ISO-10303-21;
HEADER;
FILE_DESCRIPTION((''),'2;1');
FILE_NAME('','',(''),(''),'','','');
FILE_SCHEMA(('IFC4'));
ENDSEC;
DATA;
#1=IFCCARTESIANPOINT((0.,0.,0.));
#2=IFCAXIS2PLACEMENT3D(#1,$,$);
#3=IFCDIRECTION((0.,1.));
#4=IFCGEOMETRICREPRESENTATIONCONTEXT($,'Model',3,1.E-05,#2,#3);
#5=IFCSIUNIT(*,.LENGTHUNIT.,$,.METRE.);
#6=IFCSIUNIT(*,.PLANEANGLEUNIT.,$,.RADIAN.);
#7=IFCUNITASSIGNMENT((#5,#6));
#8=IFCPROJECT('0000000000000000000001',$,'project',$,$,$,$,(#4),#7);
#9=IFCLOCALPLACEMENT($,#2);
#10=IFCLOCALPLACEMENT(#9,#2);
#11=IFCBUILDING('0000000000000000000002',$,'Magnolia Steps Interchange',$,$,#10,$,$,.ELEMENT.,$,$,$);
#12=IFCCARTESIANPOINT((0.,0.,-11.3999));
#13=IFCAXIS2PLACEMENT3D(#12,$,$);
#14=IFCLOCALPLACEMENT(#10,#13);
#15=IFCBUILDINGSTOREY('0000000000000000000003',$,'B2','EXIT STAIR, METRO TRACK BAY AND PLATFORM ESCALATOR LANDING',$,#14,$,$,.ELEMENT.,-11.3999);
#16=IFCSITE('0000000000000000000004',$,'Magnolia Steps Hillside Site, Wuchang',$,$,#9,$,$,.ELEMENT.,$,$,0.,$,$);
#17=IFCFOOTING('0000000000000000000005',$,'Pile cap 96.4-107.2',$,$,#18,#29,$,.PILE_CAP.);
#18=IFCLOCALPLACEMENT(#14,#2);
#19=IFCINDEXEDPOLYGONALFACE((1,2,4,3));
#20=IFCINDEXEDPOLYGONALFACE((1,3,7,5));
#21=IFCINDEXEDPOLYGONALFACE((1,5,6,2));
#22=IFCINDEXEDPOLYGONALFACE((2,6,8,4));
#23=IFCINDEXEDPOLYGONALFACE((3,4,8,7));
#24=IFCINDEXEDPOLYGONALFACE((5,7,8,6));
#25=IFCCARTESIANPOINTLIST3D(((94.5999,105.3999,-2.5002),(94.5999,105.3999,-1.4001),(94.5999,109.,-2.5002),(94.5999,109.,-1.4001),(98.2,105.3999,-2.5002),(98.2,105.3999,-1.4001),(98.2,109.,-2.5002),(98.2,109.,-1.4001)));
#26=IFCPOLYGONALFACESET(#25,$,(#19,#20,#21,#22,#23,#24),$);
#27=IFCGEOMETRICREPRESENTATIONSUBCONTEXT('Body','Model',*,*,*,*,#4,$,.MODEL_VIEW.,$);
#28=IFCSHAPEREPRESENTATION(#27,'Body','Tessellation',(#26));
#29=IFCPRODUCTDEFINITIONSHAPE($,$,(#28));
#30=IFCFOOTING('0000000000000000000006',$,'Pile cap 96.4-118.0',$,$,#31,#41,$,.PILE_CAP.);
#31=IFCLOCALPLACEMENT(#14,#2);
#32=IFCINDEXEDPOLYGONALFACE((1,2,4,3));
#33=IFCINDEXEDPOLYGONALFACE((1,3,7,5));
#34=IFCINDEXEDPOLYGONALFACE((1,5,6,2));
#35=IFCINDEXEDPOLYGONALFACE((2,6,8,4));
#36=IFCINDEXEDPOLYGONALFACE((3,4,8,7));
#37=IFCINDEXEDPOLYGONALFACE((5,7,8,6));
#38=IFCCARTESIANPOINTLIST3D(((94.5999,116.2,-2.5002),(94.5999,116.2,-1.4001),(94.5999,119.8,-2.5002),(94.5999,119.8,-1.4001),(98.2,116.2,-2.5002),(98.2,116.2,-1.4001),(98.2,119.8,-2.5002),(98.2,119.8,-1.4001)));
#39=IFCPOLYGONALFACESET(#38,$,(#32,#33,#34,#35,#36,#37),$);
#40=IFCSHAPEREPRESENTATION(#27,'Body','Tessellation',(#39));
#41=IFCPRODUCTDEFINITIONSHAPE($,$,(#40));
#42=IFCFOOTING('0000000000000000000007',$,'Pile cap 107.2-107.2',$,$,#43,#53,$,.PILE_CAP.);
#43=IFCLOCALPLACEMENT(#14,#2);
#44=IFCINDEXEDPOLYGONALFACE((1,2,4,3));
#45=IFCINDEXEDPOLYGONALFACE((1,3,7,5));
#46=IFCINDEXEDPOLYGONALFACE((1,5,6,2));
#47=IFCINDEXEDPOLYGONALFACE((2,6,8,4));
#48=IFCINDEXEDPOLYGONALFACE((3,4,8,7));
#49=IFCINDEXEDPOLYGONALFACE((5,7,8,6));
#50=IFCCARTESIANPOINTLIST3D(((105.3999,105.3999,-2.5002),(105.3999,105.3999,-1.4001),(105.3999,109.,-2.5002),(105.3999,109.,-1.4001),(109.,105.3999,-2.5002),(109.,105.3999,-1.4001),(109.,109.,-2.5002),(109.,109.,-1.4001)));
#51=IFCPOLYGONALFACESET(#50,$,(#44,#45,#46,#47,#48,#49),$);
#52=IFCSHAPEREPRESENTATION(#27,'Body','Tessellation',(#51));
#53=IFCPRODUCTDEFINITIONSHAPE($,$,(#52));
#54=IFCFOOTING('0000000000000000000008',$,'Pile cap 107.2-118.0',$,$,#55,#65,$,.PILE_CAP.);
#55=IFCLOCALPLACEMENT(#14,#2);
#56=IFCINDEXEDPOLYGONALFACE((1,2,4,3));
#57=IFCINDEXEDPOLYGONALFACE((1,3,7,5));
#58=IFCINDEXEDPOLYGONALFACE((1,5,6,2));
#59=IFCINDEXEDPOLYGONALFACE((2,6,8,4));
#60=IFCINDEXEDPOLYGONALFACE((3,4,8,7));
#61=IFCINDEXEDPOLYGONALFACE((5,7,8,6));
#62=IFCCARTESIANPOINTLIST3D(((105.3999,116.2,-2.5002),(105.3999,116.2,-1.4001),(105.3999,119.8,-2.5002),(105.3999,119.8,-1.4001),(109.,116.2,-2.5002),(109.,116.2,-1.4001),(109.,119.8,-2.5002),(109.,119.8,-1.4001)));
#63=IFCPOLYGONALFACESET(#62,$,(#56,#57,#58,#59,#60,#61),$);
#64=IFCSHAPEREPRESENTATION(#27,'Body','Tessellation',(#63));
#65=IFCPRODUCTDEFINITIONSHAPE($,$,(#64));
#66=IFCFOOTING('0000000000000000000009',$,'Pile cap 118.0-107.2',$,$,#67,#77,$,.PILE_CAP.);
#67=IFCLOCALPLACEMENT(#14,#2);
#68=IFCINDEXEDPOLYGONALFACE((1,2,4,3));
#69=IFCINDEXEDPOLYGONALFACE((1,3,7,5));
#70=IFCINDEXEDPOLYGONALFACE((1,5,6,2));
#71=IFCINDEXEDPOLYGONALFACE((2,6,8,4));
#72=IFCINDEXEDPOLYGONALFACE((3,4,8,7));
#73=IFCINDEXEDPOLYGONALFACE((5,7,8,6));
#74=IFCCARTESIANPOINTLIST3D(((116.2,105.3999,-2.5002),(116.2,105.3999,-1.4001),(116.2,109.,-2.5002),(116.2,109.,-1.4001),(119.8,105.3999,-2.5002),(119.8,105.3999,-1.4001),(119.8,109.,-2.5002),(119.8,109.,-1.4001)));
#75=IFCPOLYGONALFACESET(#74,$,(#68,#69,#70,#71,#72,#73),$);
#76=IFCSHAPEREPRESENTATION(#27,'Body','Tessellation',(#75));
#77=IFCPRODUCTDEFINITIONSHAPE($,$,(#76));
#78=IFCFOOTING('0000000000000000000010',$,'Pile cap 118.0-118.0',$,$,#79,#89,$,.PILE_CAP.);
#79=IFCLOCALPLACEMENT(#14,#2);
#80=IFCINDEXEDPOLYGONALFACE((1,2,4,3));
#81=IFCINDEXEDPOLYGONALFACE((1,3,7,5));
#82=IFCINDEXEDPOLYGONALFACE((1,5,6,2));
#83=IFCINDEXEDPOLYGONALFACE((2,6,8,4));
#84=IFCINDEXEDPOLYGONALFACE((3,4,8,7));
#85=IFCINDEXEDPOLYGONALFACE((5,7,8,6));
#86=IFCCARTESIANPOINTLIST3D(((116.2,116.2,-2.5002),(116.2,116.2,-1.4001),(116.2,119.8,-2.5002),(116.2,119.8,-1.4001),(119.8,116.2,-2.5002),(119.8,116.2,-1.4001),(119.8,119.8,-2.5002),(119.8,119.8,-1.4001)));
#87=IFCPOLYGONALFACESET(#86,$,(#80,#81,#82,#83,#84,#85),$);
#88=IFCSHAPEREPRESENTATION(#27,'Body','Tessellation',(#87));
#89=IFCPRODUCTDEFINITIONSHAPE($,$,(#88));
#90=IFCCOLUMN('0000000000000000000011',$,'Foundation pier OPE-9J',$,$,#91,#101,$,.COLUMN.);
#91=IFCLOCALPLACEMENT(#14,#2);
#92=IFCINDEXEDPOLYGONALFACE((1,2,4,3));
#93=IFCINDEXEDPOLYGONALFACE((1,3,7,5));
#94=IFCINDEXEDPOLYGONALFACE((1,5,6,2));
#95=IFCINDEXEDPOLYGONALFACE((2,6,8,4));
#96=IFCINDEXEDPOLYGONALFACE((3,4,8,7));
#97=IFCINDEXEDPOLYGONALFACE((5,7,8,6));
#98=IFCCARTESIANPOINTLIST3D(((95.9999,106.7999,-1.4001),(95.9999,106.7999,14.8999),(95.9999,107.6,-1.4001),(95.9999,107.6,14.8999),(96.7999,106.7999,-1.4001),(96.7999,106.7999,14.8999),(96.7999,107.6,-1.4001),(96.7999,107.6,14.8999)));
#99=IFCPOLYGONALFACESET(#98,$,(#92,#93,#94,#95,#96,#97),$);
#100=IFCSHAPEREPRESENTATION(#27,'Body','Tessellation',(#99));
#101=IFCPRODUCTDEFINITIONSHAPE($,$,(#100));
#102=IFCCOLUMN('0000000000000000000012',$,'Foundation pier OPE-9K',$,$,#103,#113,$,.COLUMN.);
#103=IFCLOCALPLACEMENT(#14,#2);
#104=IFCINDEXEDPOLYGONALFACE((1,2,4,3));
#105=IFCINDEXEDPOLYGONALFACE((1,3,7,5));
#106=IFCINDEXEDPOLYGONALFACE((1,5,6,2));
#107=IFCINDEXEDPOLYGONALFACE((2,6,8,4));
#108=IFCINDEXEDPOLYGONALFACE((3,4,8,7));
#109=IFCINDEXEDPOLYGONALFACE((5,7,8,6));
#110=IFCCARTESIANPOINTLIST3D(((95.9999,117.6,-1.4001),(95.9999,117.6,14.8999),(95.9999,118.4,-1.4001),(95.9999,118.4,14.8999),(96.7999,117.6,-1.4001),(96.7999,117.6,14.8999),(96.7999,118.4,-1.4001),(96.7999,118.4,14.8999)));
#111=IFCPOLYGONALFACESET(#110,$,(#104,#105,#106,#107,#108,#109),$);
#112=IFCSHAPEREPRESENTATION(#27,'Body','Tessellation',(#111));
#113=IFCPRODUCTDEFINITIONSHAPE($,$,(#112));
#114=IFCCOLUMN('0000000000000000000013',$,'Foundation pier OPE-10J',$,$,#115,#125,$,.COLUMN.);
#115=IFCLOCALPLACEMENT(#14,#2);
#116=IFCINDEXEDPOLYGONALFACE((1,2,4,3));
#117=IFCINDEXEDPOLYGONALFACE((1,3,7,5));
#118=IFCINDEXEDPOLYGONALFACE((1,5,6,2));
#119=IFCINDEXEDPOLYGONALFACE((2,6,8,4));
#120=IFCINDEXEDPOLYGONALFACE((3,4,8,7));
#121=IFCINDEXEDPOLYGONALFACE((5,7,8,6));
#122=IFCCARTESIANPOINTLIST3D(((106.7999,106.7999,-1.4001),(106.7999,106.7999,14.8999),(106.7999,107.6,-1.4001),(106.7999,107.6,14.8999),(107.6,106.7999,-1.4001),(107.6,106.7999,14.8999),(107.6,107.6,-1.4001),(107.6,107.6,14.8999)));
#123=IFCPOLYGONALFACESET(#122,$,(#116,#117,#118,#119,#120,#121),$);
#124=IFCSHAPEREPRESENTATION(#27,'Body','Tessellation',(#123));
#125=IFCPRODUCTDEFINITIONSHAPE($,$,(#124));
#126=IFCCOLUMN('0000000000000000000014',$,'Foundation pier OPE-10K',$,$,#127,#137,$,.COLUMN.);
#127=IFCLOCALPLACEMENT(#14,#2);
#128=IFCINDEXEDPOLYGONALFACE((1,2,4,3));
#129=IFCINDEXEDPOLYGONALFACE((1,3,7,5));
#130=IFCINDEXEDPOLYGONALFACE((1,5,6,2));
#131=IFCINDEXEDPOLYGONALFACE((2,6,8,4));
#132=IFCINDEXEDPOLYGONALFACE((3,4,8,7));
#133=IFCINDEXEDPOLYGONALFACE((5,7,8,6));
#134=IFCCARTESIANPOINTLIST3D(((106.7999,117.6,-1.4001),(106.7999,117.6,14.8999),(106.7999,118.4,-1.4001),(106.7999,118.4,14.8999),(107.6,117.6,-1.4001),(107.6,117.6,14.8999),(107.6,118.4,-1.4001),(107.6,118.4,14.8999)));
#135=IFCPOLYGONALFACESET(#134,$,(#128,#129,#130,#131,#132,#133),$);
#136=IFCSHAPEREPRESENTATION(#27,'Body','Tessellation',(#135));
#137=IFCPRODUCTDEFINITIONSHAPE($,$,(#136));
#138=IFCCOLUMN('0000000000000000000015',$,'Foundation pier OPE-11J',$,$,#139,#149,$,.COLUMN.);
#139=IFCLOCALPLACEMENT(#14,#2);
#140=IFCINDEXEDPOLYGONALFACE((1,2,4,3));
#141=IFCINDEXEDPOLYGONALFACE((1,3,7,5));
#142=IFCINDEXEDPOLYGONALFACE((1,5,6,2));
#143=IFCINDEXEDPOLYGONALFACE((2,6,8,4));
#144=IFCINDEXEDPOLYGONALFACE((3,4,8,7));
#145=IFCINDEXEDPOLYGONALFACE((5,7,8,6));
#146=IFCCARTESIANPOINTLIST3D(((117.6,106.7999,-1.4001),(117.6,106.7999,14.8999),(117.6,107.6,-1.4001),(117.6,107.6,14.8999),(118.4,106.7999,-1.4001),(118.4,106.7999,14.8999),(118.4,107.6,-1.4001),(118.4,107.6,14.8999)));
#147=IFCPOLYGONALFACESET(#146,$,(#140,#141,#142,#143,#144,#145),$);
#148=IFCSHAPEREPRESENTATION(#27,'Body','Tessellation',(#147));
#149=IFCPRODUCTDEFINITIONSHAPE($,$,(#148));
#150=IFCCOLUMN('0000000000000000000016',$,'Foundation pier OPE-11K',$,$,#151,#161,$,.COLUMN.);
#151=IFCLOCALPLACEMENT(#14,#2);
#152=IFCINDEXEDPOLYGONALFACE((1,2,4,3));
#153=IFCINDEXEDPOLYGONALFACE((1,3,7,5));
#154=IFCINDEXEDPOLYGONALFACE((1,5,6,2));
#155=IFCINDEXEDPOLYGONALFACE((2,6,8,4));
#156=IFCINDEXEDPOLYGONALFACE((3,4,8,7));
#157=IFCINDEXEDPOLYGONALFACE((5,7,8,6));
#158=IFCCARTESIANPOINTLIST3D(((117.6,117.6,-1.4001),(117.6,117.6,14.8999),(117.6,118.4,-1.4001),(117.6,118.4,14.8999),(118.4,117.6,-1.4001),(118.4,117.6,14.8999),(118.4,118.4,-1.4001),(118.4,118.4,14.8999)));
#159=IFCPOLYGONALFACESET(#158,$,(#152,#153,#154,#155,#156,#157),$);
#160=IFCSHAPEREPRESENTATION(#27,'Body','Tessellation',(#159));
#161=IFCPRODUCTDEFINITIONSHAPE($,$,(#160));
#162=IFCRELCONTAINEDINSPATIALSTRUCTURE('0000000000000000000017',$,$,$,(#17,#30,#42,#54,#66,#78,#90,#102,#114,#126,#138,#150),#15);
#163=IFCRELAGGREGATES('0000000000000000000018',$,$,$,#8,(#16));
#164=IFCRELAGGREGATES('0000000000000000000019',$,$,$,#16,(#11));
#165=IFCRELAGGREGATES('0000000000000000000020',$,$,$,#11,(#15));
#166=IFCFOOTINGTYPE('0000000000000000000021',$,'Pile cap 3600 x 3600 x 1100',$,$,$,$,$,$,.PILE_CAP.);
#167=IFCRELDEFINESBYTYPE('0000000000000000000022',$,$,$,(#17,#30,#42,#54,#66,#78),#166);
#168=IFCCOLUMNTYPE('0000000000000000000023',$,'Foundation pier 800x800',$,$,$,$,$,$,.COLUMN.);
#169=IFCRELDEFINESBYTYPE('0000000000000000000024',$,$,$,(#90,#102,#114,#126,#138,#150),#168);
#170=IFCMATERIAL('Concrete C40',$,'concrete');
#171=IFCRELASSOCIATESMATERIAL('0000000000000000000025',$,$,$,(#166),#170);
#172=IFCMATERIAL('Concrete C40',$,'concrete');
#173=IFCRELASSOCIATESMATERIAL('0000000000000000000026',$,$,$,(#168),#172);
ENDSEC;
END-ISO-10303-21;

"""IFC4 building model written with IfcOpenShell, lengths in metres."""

from ifc_helpers import new_model, si_unit, direction, frame, origin, origin_2d, place, context, subcontext, project, spatial, rectangle, extrude, material, material_profile, profile_set, type_object, element, save


model = new_model("IFC4")

# Units and contexts
model_context = context("Model", 3, precision=1e-05, world=origin(), true_north=direction((0.0, 1.0)))
body_context = subcontext(model_context, "Body", "Model", "MODEL_VIEW")
ifc_project = project(units=[si_unit("LENGTHUNIT", "METRE"), si_unit("PLANEANGLEUNIT", "RADIAN")], contexts=[model_context])

# Site, building, storey
site_placement = place(None, origin())
site = spatial("IfcSite", under=ifc_project, at=site_placement, Name="Magnolia Steps Hillside Site, Wuchang", CompositionType="ELEMENT", RefElevation=0.0)
building_placement = place(site_placement, origin())
building = spatial("IfcBuilding", under=site, at=building_placement, Name="Magnolia Steps Interchange", CompositionType="ELEMENT")
storey_placement = place(building_placement, frame((0.0, 0.0, -11.3999)))
storey = spatial("IfcBuildingStorey", under=building, at=storey_placement, Name="B2", Description="EXIT STAIR, METRO TRACK BAY AND PLATFORM ESCALATOR LANDING", CompositionType="ELEMENT", Elevation=-11.3999)

# Footings
ifc_material_1 = material(Name="Concrete C40", Category="concrete")
footing_type = type_object("IfcFootingType", Name="Pile cap 3600 x 3600 x 1100", PredefinedType="PILE_CAP", material=ifc_material_1)
for number, where, z_axis, x_axis, name in (
    (1, (96.3999, 107.2, -2.5002), (0.0, 0.0, 1.0), (1.0, 0.0, 0.0), "Pile cap 96.4-107.2"),
    (2, (96.3999, 118.0, -2.5002), (0.0, 0.0, 1.0), (1.0, 0.0, 0.0), "Pile cap 96.4-118.0"),
    (3, (107.2, 107.2, -2.5002), (0.0, 0.0, 1.0), (1.0, 0.0, 0.0), "Pile cap 107.2-107.2"),
    (4, (107.2, 118.0, -2.5002), (0.0, 0.0, 1.0), (1.0, 0.0, 0.0), "Pile cap 107.2-118.0"),
    (5, (118.0, 107.2, -2.5002), (0.0, 0.0, 1.0), (1.0, 0.0, 0.0), "Pile cap 118.0-107.2"),
    (6, (118.0, 118.0, -2.5002), (0.0, 0.0, 1.0), (1.0, 0.0, 0.0), "Pile cap 118.0-118.0"),
):
    element("IfcFooting", number, at=place(storey_placement, frame(where, z_axis=z_axis, x_axis=x_axis)), inside=storey, type_object=footing_type, Name=name, PredefinedType="PILE_CAP", context=body_context, shape_type="SweptSolid", body=[
        extrude(rectangle(XDim=3.6001, YDim=3.6001, at=origin_2d()), origin(), (0.0, 0.0, 1.0), 1.1001),
    ])

# Columns
ifc_material_2 = material(Name="Concrete C40", Category="concrete")
ifc_material_profile_1 = material_profile(ifc_material_2, rectangle(XDim=0.8, YDim=0.8, at=origin_2d()), Name="RC800x800")
ifc_profile_set_1 = profile_set([ifc_material_profile_1], Name="Concrete C40")
column_type = type_object("IfcColumnType", Name="Foundation pier 800x800", PredefinedType="COLUMN", material=ifc_profile_set_1)
for number, where, z_axis, x_axis, name in (
    (7, (96.3999, 107.2, -1.4001), (0.0, 0.0, 1.0), (1.0, 0.0, 0.0), "Foundation pier OPE-9J"),
    (8, (96.3999, 118.0, -1.4001), (0.0, 0.0, 1.0), (1.0, 0.0, 0.0), "Foundation pier OPE-9K"),
    (9, (107.2, 107.2, -1.4001), (0.0, 0.0, 1.0), (1.0, 0.0, 0.0), "Foundation pier OPE-10J"),
    (10, (107.2, 118.0, -1.4001), (0.0, 0.0, 1.0), (1.0, 0.0, 0.0), "Foundation pier OPE-10K"),
    (11, (118.0, 107.2, -1.4001), (0.0, 0.0, 1.0), (1.0, 0.0, 0.0), "Foundation pier OPE-11J"),
    (12, (118.0, 118.0, -1.4001), (0.0, 0.0, 1.0), (1.0, 0.0, 0.0), "Foundation pier OPE-11K"),
):
    element("IfcColumn", number, at=place(storey_placement, frame(where, z_axis=z_axis, x_axis=x_axis)), inside=storey, type_object=column_type, Name=name, PredefinedType="COLUMN", context=body_context, shape_type="SweptSolid", body=[
        extrude(rectangle(XDim=0.8, YDim=0.8, at=origin_2d()), origin(), (0.0, 0.0, 1.0), 16.3),
    ])

save(model, "model.ifc")
